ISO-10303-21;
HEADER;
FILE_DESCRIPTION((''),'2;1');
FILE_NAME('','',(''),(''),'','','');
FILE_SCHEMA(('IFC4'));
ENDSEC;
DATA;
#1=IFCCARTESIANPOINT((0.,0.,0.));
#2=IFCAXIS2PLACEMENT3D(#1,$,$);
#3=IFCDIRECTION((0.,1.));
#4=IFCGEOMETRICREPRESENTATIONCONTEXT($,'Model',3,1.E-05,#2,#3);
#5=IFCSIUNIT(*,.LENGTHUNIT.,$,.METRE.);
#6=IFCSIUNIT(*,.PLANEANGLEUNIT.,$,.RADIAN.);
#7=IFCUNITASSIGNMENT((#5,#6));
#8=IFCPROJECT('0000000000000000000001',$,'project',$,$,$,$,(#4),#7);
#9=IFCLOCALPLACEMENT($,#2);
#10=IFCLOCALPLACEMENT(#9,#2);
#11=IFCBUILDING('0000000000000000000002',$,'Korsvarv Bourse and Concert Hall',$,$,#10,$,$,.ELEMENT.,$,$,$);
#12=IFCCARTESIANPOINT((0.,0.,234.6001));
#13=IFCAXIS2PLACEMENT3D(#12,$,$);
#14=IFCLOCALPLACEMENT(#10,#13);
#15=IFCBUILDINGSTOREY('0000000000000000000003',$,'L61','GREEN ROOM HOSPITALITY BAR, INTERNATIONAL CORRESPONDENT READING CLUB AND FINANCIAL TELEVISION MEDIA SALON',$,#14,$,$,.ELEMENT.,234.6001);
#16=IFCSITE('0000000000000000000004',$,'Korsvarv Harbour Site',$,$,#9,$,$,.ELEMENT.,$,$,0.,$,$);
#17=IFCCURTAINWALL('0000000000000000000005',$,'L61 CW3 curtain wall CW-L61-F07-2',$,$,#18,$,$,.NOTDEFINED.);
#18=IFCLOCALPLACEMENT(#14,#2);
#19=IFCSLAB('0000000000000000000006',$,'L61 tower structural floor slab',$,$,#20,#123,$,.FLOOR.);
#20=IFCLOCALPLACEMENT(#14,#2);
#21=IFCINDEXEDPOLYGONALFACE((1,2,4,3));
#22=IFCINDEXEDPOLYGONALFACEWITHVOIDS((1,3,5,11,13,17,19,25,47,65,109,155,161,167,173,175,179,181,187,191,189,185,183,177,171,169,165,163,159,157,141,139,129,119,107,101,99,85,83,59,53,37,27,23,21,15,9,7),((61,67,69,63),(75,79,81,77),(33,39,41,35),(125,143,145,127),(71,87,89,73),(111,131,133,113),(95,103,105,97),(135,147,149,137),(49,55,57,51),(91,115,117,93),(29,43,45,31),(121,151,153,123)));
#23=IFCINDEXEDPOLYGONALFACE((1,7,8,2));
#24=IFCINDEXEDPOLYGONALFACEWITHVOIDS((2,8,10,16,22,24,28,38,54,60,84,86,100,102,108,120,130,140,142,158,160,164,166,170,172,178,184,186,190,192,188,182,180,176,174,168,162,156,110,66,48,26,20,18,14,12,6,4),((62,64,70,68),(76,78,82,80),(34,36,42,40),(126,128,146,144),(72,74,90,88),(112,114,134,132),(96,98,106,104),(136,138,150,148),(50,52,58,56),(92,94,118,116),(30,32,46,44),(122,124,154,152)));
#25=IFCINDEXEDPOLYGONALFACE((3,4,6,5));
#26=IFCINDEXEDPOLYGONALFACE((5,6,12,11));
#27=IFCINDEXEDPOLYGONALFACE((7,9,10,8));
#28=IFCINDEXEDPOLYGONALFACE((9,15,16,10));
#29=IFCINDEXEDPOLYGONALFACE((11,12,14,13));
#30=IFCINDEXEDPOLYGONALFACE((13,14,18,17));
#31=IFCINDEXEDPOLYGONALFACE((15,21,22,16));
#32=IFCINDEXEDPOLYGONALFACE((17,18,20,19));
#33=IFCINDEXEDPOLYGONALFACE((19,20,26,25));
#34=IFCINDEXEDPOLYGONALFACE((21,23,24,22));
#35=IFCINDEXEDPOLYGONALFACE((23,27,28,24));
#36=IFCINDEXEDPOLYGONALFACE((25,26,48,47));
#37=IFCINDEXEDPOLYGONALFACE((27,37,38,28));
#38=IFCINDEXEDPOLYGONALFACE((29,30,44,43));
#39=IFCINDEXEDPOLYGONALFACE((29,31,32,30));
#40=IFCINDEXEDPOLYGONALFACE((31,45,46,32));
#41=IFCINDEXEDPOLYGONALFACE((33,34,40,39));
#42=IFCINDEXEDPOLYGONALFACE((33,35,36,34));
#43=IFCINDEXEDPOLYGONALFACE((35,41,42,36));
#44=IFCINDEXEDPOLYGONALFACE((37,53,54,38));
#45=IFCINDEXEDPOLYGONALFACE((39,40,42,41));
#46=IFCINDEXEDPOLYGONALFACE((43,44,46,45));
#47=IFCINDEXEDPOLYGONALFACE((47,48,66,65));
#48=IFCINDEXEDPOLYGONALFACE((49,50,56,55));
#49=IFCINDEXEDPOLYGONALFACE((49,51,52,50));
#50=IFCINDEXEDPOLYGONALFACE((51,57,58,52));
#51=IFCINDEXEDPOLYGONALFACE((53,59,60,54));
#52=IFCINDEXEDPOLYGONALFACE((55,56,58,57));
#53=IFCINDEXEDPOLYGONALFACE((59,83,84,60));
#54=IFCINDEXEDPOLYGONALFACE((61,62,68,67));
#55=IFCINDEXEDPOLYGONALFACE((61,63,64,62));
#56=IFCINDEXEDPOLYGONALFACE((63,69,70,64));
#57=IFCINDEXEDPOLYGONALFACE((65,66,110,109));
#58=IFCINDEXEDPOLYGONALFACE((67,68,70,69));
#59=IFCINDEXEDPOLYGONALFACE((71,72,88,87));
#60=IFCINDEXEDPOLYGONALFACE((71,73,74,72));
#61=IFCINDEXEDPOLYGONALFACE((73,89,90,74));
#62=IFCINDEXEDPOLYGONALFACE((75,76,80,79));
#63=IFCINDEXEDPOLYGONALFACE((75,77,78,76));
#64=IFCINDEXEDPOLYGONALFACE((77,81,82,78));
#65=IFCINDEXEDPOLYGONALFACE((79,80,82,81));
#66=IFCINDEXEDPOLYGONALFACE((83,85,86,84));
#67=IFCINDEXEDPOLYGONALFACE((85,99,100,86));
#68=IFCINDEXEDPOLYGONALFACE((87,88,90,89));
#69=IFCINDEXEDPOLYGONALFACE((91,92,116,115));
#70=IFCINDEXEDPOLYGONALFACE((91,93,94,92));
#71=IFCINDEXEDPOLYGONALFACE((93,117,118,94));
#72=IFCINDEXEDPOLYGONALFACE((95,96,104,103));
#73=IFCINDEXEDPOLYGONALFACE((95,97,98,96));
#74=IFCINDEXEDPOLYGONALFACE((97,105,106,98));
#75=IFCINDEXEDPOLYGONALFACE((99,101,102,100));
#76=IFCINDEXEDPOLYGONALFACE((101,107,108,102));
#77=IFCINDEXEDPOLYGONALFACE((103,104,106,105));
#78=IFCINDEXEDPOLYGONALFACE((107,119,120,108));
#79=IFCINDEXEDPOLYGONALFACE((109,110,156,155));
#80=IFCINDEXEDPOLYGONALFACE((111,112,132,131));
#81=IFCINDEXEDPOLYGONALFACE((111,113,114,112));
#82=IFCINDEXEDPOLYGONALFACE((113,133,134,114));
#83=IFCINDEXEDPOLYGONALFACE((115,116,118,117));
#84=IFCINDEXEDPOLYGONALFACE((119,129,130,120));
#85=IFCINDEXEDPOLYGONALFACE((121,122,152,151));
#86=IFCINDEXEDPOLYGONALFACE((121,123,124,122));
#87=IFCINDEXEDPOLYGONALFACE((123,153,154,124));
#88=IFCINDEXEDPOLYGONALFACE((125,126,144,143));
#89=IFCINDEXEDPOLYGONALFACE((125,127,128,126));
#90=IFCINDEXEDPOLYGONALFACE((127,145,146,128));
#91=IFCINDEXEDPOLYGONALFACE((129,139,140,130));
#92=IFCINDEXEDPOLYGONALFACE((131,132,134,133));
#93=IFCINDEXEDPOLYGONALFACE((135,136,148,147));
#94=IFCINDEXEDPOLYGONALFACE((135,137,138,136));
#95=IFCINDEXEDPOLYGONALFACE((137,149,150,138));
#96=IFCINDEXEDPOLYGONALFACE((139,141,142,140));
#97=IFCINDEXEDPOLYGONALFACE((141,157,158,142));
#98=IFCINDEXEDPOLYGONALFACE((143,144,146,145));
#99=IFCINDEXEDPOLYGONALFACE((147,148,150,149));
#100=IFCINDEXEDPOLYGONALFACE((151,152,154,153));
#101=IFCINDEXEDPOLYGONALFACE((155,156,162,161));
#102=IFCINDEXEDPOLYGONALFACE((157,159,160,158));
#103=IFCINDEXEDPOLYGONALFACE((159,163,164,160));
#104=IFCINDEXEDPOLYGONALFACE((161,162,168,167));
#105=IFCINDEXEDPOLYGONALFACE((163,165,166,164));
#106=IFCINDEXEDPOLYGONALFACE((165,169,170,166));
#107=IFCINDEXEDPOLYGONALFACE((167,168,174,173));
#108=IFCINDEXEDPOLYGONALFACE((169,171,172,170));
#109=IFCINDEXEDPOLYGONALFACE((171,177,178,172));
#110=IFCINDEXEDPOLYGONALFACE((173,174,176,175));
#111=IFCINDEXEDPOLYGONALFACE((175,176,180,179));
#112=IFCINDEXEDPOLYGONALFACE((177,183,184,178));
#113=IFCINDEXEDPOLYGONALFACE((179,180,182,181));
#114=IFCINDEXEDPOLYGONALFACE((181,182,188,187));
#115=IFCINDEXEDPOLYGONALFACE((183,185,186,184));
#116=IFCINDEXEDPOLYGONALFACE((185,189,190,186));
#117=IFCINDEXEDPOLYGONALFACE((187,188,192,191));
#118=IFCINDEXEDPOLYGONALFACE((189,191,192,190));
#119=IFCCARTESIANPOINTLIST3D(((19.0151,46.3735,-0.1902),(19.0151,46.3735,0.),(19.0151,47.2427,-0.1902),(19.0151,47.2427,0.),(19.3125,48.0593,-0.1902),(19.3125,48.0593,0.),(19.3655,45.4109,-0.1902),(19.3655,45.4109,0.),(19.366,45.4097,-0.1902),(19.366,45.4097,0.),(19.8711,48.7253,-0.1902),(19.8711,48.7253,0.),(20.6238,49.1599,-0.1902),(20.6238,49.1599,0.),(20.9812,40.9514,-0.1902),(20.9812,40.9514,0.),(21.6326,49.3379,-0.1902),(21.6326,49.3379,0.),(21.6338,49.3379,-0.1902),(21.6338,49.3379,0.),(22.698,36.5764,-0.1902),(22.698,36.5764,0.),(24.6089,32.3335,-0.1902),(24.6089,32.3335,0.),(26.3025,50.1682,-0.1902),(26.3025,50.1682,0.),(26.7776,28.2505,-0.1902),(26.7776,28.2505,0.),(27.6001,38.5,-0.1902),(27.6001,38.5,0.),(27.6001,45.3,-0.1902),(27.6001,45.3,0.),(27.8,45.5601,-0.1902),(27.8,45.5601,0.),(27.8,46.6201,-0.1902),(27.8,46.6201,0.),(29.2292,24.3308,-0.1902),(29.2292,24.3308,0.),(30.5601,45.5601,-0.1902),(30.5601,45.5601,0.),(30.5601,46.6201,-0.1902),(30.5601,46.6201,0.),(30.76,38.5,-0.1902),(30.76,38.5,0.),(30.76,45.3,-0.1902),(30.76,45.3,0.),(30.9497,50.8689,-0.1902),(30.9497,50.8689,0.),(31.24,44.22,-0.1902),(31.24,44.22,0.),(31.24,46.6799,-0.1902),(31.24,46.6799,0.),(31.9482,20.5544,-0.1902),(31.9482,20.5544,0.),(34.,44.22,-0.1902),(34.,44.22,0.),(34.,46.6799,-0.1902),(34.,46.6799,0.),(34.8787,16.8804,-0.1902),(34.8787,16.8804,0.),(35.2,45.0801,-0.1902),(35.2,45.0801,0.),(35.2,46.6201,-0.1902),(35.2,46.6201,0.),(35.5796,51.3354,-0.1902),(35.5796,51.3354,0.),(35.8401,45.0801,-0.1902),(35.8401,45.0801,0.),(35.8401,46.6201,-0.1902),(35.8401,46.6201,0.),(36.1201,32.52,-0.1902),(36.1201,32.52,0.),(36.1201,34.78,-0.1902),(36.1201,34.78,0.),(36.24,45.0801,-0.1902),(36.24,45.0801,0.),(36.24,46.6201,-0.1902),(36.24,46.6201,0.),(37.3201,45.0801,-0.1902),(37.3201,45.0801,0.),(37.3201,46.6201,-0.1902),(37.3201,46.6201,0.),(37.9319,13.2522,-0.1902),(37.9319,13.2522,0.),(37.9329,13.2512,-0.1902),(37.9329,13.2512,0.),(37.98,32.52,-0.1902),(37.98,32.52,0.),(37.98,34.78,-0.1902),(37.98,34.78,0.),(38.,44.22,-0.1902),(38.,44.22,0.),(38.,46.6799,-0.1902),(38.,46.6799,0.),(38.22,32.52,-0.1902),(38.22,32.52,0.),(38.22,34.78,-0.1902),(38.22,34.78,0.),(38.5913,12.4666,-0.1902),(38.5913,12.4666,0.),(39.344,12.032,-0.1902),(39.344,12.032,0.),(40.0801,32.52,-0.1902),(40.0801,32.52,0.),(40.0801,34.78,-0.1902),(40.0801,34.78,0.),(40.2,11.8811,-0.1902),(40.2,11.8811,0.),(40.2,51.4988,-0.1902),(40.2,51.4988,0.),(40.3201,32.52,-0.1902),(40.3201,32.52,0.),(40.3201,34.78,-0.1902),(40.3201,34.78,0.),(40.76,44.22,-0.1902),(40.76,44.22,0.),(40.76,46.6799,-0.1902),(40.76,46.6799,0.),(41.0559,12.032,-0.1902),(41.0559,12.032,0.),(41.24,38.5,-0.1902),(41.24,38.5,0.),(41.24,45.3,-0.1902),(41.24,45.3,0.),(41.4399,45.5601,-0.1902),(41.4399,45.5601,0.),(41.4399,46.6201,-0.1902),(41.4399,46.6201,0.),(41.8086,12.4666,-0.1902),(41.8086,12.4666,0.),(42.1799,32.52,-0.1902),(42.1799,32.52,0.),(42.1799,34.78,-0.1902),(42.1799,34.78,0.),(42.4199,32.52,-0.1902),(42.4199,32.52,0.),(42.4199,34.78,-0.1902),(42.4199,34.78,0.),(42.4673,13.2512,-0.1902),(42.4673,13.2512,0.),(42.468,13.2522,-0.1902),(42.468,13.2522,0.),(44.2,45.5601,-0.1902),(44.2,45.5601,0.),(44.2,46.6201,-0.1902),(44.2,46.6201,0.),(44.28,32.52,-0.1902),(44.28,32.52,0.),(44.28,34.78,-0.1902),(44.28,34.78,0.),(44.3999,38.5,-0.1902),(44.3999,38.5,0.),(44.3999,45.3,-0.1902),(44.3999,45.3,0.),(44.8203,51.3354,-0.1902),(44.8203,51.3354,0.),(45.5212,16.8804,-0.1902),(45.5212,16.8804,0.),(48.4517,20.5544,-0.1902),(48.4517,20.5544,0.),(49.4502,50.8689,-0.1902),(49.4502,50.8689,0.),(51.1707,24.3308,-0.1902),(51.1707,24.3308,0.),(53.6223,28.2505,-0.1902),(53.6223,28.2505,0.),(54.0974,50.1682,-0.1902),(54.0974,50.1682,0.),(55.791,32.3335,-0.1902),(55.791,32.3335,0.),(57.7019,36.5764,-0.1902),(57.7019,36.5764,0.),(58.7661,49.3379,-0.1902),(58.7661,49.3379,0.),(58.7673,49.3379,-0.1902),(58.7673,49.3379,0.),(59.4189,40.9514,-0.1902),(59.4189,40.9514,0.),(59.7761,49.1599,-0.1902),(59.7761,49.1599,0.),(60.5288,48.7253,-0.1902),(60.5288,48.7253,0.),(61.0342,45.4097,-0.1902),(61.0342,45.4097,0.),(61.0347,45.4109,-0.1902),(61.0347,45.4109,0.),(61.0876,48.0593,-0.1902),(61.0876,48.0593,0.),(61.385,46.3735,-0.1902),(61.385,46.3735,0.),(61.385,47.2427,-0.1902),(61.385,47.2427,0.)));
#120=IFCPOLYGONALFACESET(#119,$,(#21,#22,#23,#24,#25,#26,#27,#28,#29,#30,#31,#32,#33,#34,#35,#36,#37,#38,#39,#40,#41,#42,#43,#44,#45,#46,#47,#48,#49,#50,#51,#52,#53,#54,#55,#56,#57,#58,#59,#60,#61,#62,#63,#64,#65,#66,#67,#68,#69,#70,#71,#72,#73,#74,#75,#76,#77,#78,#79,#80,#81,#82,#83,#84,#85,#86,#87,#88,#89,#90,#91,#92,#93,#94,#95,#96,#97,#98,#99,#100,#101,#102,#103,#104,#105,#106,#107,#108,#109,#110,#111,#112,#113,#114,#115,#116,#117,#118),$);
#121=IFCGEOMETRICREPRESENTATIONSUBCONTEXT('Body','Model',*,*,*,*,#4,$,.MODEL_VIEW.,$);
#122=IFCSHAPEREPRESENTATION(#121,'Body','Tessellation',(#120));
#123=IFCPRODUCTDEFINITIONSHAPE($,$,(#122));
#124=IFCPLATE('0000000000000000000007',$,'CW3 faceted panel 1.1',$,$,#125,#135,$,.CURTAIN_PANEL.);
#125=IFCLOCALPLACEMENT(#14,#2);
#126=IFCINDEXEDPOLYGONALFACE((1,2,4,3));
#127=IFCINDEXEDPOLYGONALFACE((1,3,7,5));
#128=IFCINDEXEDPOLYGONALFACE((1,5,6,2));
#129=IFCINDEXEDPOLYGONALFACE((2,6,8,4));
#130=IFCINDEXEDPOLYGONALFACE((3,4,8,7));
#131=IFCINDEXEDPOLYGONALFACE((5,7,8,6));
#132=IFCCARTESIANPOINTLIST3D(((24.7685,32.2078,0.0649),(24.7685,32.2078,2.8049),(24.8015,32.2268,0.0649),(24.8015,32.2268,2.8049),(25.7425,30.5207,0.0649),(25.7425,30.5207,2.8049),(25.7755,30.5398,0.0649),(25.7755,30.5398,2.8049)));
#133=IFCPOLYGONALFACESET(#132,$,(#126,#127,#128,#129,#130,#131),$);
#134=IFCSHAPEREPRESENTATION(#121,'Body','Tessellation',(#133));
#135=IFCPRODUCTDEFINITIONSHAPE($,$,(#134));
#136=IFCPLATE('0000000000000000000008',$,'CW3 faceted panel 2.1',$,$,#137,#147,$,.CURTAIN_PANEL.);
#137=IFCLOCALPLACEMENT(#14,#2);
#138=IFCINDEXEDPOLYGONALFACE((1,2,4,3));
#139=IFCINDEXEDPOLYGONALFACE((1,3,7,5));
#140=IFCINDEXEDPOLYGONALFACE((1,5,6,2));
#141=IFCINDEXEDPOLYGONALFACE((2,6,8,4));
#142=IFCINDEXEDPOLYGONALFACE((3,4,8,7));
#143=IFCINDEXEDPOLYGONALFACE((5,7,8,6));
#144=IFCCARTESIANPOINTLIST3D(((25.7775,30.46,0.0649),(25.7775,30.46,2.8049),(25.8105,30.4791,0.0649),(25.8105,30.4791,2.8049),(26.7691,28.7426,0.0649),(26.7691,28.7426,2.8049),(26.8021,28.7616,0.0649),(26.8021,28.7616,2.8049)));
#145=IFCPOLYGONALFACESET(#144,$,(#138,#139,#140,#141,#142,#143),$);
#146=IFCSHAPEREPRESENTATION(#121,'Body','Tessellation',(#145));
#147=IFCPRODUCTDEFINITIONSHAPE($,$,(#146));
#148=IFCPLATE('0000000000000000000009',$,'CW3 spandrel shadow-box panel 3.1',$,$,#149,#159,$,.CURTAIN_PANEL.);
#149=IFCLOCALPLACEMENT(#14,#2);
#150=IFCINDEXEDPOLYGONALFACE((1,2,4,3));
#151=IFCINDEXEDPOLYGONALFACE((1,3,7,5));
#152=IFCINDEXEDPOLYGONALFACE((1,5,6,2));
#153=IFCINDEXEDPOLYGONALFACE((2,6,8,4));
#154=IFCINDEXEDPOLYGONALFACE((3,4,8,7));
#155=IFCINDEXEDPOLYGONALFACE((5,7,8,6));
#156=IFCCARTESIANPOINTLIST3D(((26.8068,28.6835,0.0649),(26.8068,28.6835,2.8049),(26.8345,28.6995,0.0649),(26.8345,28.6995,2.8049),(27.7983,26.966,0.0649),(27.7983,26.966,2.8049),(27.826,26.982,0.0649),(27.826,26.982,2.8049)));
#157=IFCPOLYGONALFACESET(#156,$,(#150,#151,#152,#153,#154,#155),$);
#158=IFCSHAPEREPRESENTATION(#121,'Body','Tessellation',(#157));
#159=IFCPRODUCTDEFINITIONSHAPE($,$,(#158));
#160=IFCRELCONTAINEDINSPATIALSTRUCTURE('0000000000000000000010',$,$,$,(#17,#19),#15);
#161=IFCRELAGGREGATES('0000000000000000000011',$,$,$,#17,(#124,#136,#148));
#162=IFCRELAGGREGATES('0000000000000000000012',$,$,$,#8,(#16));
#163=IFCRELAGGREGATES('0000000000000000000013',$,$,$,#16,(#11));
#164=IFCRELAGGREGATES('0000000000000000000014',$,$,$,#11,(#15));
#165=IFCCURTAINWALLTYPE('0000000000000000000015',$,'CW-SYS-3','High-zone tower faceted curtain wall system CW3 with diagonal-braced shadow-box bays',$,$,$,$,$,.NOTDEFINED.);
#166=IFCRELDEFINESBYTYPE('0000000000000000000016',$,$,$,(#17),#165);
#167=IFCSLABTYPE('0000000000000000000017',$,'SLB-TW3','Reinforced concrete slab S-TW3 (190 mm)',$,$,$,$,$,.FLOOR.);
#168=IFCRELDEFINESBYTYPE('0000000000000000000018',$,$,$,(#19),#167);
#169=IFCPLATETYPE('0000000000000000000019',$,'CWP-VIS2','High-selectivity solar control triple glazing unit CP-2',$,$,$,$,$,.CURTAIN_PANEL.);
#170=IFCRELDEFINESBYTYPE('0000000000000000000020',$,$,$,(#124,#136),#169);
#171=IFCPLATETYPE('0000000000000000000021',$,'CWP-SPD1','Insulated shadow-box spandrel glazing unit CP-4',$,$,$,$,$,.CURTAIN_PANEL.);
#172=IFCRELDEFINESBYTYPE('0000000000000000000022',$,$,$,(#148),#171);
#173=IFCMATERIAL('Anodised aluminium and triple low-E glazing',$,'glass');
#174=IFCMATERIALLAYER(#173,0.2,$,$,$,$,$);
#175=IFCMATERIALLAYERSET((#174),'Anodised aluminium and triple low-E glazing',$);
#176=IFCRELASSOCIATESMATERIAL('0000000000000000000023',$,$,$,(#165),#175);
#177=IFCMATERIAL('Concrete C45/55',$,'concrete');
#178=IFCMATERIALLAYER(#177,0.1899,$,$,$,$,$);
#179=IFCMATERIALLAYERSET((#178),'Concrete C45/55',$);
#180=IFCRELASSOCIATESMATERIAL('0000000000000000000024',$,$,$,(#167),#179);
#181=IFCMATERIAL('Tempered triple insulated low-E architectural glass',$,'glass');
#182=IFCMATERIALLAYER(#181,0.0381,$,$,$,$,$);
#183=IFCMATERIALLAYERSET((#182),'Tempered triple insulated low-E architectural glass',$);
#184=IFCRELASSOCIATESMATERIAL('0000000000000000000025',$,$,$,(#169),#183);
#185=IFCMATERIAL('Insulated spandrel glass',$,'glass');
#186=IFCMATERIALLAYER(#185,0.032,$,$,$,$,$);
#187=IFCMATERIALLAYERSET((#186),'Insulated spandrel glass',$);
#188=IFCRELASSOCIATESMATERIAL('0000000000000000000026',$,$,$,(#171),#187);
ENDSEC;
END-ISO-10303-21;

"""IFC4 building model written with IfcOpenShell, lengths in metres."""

from ifc_helpers import new_model, si_unit, direction, frame, origin, origin_2d, place, context, subcontext, project, spatial, polyline, rectangle, outline, extrude, source, transform, mapped, material, layer, layer_set, type_object, element, aggregate, save


model = new_model("IFC4")

# Units and contexts
model_context = context("Model", 3, precision=1e-05, world=origin(), true_north=direction((0.0, 1.0)))
body_context = subcontext(model_context, "Body", "Model", "MODEL_VIEW")
ifc_project = project(units=[si_unit("LENGTHUNIT", "METRE"), si_unit("PLANEANGLEUNIT", "RADIAN")], contexts=[model_context])

# Site, building, storey
site_placement = place(None, origin())
site = spatial("IfcSite", under=ifc_project, at=site_placement, Name="Korsvarv Harbour Site", CompositionType="ELEMENT", RefElevation=0.0)
building_placement = place(site_placement, origin())
building = spatial("IfcBuilding", under=site, at=building_placement, Name="Korsvarv Bourse and Concert Hall", CompositionType="ELEMENT")
storey_placement = place(building_placement, frame((0.0, 0.0, 234.6001)))
storey = spatial("IfcBuildingStorey", under=building, at=storey_placement, Name="L61", Description="GREEN ROOM HOSPITALITY BAR, INTERNATIONAL CORRESPONDENT READING CLUB AND FINANCIAL TELEVISION MEDIA SALON", CompositionType="ELEMENT", Elevation=234.6001)

# Curtain wall
ifc_material_1 = material(Name="Anodised aluminium and triple low-E glazing", Category="glass")
ifc_layer_1 = layer(ifc_material_1, 0.2)
ifc_layer_set_1 = layer_set([ifc_layer_1], Name="Anodised aluminium and triple low-E glazing")
curtain_wall_type = type_object("IfcCurtainWallType", Name="CW-SYS-3", Description="High-zone tower faceted curtain wall system CW3 with diagonal-braced shadow-box bays", PredefinedType="NOTDEFINED", material=ifc_layer_set_1)
curtain_wall_placement = place(storey_placement, origin())
curtain_wall = element("IfcCurtainWall", 1, at=curtain_wall_placement, inside=storey, type_object=curtain_wall_type, Name="L61 CW3 curtain wall CW-L61-F07-2", PredefinedType="NOTDEFINED")

# Slab
ifc_material_2 = material(Name="Concrete C45/55", Category="concrete")
ifc_layer_2 = layer(ifc_material_2, 0.1899)
ifc_layer_set_2 = layer_set([ifc_layer_2], Name="Concrete C45/55")
slab_type_1 = type_object("IfcSlabType", Name="SLB-TW3", Description="Reinforced concrete slab S-TW3 (190 mm)", PredefinedType="FLOOR", material=ifc_layer_set_2)
slab_1_placement = place(storey_placement, frame((0.0, 0.0, -0.1902)))
element("IfcSlab", 2, at=slab_1_placement, inside=storey, type_object=slab_type_1, Name="L61 tower structural floor slab", PredefinedType="FLOOR", context=body_context, shape_type="SweptSolid", body=[
    extrude(outline(polyline([(61.0342, 45.4097), (59.4189, 40.9514), (57.7019, 36.5764), (55.791, 32.3335), (53.6223, 28.2505), (51.1707, 24.3308), (48.4517, 20.5544), (45.5212, 16.8804), (42.468, 13.2522), (42.4673, 13.2512), (41.8086, 12.4666), (41.0559, 12.032), (40.2, 11.8811), (39.344, 12.032), (38.5913, 12.4666), (37.9329, 13.2512), (37.9319, 13.2522), (34.8787, 16.8804), (31.9482, 20.5544), (29.2292, 24.3308), (26.7776, 28.2505), (24.6089, 32.3335), (22.698, 36.5764), (20.9812, 40.9514), (19.366, 45.4097), (19.3655, 45.4109), (19.0151, 46.3735), (19.0151, 47.2427), (19.3125, 48.0593), (19.8711, 48.7253), (20.6238, 49.1599), (21.6326, 49.3379), (21.6338, 49.3379), (26.3025, 50.1682), (30.9497, 50.8689), (35.5796, 51.3354), (40.2, 51.4988), (44.8203, 51.3354), (49.4502, 50.8689), (54.0974, 50.1682), (58.7661, 49.3379), (58.7673, 49.3379), (59.7761, 49.1599), (60.5288, 48.7253), (61.0876, 48.0593), (61.385, 47.2427), (61.385, 46.3735), (61.0347, 45.4109), (61.0342, 45.4097)]), holes=[polyline([(30.76, 38.5), (30.76, 45.3), (27.6001, 45.3), (27.6001, 38.5), (30.76, 38.5)]), polyline([(44.3999, 38.5), (44.3999, 45.3), (41.24, 45.3), (41.24, 38.5), (44.3999, 38.5)]), polyline([(31.24, 44.22), (34.0, 44.22), (34.0, 46.6799), (31.24, 46.6799), (31.24, 44.22)]), polyline([(38.0, 44.22), (40.76, 44.22), (40.76, 46.6799), (38.0, 46.6799), (38.0, 44.22)]), polyline([(36.1201, 32.52), (37.98, 32.52), (37.98, 34.78), (36.1201, 34.78), (36.1201, 32.52)]), polyline([(38.22, 32.52), (40.0801, 32.52), (40.0801, 34.78), (38.22, 34.78), (38.22, 32.52)]), polyline([(40.3201, 32.52), (42.1799, 32.52), (42.1799, 34.78), (40.3201, 34.78), (40.3201, 32.52)]), polyline([(42.4199, 32.52), (44.28, 32.52), (44.28, 34.78), (42.4199, 34.78), (42.4199, 32.52)]), polyline([(27.8, 45.5601), (30.5601, 45.5601), (30.5601, 46.6201), (27.8, 46.6201), (27.8, 45.5601)]), polyline([(41.4399, 45.5601), (44.2, 45.5601), (44.2, 46.6201), (41.4399, 46.6201), (41.4399, 45.5601)]), polyline([(35.2, 45.0801), (35.8401, 45.0801), (35.8401, 46.6201), (35.2, 46.6201), (35.2, 45.0801)]), polyline([(36.24, 45.0801), (37.3201, 45.0801), (37.3201, 46.6201), (36.24, 46.6201), (36.24, 45.0801)])]), origin(), (0.0, 0.0, 1.0), 0.1902),
])

# Plates
ifc_material_3 = material(Name="Tempered triple insulated low-E architectural glass", Category="glass")
ifc_layer_3 = layer(ifc_material_3, 0.0381)
ifc_layer_set_3 = layer_set([ifc_layer_3], Name="Tempered triple insulated low-E architectural glass")
plate_type_1 = type_object("IfcPlateType", Name="CWP-VIS2", Description="High-selectivity solar control triple glazing unit CP-2", PredefinedType="CURTAIN_PANEL", material=ifc_layer_set_3)
shared_shape_1 = source(origin(), body_context, "Body", "SweptSolid", [
    extrude(rectangle(XDim=1.948, YDim=0.0381, at=origin_2d()), origin(), (0.0, 0.0, 1.0), 2.74),
])
plate_1_placement = place(storey_placement, frame((25.272, 31.3738, 0.0649), z_axis=(0.0, 0.0, 1.0), x_axis=(0.5, -0.866025, 0.0)))
plate_1 = element("IfcPlate", 3, at=plate_1_placement, type_object=plate_type_1, Name="CW3 faceted panel 1.1", PredefinedType="CURTAIN_PANEL", context=body_context, shape_type="MappedRepresentation", body=[
    mapped(shared_shape_1, transform((0.0, 0.0, 0.0), scale=1.0)),
])
shared_shape_2 = source(origin(), body_context, "Body", "SweptSolid", [
    extrude(rectangle(XDim=1.9832, YDim=0.0381, at=origin_2d()), origin(), (0.0, 0.0, 1.0), 2.74),
])
plate_2_placement = place(storey_placement, frame((26.2898, 29.6108, 0.0649), z_axis=(0.0, 0.0, 1.0), x_axis=(0.5, -0.866025, 0.0)))
plate_2 = element("IfcPlate", 4, at=plate_2_placement, type_object=plate_type_1, Name="CW3 faceted panel 2.1", PredefinedType="CURTAIN_PANEL", context=body_context, shape_type="MappedRepresentation", body=[
    mapped(shared_shape_2, transform((0.0, 0.0, 0.0), scale=1.0)),
])
ifc_material_4 = material(Name="Insulated spandrel glass", Category="glass")
ifc_layer_4 = layer(ifc_material_4, 0.032)
ifc_layer_set_4 = layer_set([ifc_layer_4], Name="Insulated spandrel glass")
plate_type_2 = type_object("IfcPlateType", Name="CWP-SPD1", Description="Insulated shadow-box spandrel glazing unit CP-4", PredefinedType="CURTAIN_PANEL", material=ifc_layer_set_4)
shared_shape_3 = source(origin(), body_context, "Body", "SweptSolid", [
    extrude(rectangle(XDim=1.9832, YDim=0.032, at=origin_2d()), origin(), (0.0, 0.0, 1.0), 2.74),
])
plate_3_placement = place(storey_placement, frame((27.3164, 27.8328, 0.0649), z_axis=(0.0, 0.0, 1.0), x_axis=(0.5, -0.866025, 0.0)))
plate_3 = element("IfcPlate", 5, at=plate_3_placement, type_object=plate_type_2, Name="CW3 spandrel shadow-box panel 3.1", PredefinedType="CURTAIN_PANEL", context=body_context, shape_type="MappedRepresentation", body=[
    mapped(shared_shape_3, transform((0.0, 0.0, 0.0), scale=1.0)),
])
aggregate(curtain_wall, [plate_1, plate_2, plate_3])

save(model, "model.ifc")
